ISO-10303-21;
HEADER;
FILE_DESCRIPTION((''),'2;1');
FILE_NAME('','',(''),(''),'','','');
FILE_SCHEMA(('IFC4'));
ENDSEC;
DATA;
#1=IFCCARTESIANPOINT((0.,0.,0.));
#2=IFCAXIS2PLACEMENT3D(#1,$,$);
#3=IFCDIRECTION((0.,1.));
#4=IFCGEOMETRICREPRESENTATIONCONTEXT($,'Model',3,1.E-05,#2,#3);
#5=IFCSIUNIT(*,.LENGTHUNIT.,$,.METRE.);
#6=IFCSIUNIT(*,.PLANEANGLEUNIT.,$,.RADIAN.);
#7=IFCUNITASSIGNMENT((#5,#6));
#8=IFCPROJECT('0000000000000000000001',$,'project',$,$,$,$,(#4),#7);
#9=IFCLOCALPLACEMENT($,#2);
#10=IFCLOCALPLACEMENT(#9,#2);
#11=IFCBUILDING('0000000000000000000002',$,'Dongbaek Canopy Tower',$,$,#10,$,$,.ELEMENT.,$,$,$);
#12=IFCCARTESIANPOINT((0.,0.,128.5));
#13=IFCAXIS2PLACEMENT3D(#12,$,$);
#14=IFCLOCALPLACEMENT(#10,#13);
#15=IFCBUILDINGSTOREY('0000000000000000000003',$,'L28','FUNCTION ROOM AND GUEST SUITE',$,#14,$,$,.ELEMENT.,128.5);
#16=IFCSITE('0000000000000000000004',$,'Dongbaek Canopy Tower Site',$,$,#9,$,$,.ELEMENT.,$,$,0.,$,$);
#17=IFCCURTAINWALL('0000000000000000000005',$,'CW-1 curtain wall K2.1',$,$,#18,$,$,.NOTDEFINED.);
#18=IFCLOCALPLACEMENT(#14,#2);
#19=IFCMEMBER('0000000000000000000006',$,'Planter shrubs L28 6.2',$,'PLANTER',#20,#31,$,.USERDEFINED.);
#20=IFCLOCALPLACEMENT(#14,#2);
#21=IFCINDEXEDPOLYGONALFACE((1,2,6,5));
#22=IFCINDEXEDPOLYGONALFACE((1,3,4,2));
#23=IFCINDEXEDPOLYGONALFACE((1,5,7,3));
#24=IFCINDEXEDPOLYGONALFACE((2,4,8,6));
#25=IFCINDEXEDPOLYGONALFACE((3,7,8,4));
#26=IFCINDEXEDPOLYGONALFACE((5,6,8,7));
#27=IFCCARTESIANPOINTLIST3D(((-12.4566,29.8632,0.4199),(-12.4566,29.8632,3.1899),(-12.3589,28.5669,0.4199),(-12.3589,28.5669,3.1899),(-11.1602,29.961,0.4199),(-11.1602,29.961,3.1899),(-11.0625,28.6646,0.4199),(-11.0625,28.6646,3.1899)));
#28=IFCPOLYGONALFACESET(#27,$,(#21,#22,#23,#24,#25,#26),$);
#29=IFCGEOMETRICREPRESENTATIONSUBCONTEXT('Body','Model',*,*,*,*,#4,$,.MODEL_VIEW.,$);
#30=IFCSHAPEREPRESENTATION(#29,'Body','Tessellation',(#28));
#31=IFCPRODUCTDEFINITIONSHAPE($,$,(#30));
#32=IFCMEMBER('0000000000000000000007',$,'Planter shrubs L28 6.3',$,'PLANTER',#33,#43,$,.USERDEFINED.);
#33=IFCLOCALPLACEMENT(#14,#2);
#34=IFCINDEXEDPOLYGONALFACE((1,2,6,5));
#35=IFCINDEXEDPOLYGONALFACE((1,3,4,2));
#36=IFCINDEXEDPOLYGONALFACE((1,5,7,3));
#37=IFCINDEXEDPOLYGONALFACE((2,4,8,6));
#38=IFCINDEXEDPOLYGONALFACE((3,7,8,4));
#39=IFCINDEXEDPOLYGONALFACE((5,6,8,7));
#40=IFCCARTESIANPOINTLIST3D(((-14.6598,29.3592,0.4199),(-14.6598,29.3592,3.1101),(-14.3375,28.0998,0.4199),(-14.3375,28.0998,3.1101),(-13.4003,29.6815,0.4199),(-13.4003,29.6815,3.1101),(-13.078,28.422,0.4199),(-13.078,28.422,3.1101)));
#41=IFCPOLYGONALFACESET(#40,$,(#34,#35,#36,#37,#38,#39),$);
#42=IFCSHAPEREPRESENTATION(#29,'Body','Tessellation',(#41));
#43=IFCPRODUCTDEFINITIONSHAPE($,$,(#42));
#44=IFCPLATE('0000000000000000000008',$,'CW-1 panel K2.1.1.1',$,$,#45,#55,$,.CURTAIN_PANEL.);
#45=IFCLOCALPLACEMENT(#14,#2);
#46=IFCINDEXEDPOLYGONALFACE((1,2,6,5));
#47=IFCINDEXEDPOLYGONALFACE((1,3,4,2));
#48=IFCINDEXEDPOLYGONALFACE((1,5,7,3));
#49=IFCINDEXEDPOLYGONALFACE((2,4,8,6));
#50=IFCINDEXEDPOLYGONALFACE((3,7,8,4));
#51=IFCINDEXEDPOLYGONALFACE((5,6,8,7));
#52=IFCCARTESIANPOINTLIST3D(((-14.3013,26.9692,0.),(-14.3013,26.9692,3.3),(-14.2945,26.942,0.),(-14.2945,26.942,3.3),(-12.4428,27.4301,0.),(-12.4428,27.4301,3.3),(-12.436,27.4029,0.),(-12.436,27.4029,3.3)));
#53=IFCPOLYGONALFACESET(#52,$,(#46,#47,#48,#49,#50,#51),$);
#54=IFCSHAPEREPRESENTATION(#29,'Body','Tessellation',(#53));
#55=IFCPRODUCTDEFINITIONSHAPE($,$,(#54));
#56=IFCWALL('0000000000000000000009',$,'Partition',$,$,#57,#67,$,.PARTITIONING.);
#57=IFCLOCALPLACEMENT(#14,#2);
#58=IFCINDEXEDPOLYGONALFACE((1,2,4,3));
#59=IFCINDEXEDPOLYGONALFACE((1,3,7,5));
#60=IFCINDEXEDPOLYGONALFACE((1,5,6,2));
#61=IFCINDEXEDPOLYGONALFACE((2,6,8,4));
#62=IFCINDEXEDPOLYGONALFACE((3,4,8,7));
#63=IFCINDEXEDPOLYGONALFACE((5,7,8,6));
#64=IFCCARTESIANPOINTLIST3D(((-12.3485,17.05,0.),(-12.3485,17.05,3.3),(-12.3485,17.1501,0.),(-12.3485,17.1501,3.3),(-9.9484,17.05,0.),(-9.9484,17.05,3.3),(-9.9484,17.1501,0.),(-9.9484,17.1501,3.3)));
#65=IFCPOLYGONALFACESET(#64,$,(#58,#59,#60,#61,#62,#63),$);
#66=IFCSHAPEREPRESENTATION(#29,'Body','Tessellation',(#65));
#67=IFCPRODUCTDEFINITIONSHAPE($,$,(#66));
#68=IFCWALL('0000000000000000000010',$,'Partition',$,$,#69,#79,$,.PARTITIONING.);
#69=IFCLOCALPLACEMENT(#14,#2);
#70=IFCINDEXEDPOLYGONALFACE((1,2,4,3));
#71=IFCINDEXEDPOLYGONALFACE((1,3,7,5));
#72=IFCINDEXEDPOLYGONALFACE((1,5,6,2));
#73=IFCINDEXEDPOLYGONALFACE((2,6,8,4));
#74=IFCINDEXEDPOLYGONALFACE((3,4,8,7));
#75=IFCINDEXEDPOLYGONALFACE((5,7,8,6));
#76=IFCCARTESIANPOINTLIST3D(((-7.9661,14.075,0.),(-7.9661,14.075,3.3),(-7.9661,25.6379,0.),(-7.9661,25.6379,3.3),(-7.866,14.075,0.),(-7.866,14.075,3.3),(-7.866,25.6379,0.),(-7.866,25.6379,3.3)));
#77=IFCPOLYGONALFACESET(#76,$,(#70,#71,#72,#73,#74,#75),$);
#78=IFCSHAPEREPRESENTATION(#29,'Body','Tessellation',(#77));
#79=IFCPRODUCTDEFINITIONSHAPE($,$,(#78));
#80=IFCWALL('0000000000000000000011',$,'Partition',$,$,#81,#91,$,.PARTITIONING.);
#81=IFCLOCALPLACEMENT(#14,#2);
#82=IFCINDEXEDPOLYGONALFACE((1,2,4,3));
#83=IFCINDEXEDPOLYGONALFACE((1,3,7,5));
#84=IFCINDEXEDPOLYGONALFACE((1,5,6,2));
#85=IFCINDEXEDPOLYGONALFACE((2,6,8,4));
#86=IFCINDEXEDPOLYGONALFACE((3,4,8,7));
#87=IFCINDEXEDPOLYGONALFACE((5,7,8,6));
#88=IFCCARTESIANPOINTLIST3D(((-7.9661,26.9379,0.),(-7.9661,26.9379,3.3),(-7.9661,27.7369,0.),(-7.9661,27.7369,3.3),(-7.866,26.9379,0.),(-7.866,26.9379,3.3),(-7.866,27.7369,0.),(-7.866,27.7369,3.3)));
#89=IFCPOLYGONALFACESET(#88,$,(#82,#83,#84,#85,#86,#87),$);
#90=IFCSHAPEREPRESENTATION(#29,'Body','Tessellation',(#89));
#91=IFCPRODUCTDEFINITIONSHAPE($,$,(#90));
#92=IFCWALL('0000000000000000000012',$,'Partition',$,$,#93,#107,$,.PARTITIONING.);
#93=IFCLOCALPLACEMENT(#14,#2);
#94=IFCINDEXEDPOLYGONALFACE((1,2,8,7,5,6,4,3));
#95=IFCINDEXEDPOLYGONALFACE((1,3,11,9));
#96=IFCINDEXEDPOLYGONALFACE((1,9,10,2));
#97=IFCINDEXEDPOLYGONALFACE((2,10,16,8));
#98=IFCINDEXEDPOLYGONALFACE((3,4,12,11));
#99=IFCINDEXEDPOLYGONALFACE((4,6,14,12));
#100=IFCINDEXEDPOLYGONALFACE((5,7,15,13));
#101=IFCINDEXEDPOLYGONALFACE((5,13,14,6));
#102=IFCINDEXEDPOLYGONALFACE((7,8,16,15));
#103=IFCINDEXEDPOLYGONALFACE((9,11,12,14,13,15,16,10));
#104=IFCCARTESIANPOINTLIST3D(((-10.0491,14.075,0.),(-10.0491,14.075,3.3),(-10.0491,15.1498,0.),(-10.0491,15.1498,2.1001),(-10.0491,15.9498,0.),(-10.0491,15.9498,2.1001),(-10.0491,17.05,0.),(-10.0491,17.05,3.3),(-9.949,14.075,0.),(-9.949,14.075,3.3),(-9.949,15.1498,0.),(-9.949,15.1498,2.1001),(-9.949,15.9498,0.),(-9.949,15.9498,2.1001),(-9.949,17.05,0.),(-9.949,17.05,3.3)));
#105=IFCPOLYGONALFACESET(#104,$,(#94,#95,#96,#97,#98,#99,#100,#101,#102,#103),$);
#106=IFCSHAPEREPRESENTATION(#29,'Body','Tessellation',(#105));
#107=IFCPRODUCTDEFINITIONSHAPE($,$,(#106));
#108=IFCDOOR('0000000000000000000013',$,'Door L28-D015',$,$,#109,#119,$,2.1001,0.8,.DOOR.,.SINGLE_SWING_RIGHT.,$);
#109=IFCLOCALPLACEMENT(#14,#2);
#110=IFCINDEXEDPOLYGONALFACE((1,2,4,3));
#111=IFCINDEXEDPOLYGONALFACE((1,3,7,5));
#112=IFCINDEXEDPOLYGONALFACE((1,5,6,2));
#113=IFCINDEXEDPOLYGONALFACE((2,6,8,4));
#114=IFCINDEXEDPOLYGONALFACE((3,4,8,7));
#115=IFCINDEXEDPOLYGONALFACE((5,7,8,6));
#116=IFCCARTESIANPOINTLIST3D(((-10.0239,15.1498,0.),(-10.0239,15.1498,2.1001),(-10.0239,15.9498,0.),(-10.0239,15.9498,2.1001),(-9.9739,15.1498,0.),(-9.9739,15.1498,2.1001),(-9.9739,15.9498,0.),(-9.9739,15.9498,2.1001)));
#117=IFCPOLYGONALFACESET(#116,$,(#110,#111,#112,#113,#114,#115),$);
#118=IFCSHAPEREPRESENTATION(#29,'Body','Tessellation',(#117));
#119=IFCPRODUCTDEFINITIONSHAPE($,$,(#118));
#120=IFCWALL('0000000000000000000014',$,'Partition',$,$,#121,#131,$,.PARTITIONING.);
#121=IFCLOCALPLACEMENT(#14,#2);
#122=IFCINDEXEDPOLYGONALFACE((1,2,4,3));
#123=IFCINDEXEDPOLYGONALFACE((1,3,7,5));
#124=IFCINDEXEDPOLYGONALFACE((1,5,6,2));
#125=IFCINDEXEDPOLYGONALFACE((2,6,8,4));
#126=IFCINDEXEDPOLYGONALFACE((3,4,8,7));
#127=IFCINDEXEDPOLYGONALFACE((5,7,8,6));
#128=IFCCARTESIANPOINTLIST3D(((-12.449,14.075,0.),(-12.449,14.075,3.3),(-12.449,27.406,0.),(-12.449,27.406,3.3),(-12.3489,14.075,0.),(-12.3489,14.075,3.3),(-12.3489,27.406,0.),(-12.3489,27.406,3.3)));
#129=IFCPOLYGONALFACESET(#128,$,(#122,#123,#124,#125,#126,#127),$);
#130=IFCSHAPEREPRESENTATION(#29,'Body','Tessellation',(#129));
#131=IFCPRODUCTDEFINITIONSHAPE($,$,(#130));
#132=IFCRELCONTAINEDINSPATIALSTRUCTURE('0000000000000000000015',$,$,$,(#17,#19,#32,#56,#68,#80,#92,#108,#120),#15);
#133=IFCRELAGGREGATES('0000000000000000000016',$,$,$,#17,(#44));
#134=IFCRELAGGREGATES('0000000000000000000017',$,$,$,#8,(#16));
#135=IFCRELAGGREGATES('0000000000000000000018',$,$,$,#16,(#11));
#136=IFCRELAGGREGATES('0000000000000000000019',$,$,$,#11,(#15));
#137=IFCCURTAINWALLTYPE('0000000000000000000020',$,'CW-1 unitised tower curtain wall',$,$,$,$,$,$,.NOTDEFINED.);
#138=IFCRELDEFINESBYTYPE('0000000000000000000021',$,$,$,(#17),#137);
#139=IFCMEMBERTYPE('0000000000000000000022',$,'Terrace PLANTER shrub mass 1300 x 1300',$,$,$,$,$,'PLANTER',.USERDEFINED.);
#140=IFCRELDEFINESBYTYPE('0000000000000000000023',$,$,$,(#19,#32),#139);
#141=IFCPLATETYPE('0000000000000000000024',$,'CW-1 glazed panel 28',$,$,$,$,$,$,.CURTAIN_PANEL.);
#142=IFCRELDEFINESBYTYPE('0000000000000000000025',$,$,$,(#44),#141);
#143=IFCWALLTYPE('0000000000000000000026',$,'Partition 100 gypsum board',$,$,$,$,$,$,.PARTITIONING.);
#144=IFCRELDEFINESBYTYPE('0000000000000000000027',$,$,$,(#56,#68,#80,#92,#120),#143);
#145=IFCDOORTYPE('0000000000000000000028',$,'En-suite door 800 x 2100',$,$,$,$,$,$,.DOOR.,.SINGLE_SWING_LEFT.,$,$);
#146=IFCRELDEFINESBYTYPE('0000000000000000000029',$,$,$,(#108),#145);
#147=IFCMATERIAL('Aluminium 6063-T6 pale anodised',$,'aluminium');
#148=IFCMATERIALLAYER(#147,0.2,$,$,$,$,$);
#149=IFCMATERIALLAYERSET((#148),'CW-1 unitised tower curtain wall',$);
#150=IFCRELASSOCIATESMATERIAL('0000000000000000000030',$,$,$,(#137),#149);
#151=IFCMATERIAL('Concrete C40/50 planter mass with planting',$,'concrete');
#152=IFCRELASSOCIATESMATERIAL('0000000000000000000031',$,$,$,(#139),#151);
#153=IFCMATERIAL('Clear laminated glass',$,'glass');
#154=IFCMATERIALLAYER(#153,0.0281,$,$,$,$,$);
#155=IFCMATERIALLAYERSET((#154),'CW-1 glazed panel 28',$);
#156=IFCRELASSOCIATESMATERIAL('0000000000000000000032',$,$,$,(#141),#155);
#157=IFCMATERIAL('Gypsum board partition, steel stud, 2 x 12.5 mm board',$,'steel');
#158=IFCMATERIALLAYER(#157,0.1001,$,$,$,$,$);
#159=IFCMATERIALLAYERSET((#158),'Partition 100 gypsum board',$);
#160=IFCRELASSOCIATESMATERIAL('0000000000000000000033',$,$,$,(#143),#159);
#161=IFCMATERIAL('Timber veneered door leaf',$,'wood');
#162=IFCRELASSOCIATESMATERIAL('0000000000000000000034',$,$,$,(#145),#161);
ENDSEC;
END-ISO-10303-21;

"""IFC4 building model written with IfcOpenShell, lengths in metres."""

from ifc_helpers import new_model, si_unit, direction, frame, frame_2d, origin, origin_2d, place, context, subcontext, project, spatial, rectangle, extrude, material, layer, layer_set, material_profile, profile_set, type_object, element, fill, aggregate, save


model = new_model("IFC4")

# Units and contexts
model_context = context("Model", 3, precision=1e-05, world=origin(), true_north=direction((0.0, 1.0)))
body_context = subcontext(model_context, "Body", "Model", "MODEL_VIEW")
ifc_project = project(units=[si_unit("LENGTHUNIT", "METRE"), si_unit("PLANEANGLEUNIT", "RADIAN")], contexts=[model_context])

# Site, building, storey
site_placement = place(None, origin())
site = spatial("IfcSite", under=ifc_project, at=site_placement, Name="Dongbaek Canopy Tower Site", CompositionType="ELEMENT", RefElevation=0.0)
building_placement = place(site_placement, origin())
building = spatial("IfcBuilding", under=site, at=building_placement, Name="Dongbaek Canopy Tower", CompositionType="ELEMENT")
storey_placement = place(building_placement, frame((0.0, 0.0, 128.5)))
storey = spatial("IfcBuildingStorey", under=building, at=storey_placement, Name="L28", Description="FUNCTION ROOM AND GUEST SUITE", CompositionType="ELEMENT", Elevation=128.5)

# Curtain wall
ifc_material_1 = material(Name="Aluminium 6063-T6 pale anodised", Category="aluminium")
ifc_layer_1 = layer(ifc_material_1, 0.2)
ifc_layer_set_1 = layer_set([ifc_layer_1], Name="CW-1 unitised tower curtain wall")
curtain_wall_type = type_object("IfcCurtainWallType", Name="CW-1 unitised tower curtain wall", PredefinedType="NOTDEFINED", material=ifc_layer_set_1)
curtain_wall_placement = place(storey_placement, origin())
curtain_wall = element("IfcCurtainWall", 1, at=curtain_wall_placement, inside=storey, type_object=curtain_wall_type, Name="CW-1 curtain wall K2.1", PredefinedType="NOTDEFINED")

# Members
ifc_material_2 = material(Name="Concrete C40/50 planter mass with planting", Category="concrete")
ifc_material_profile_1 = material_profile(ifc_material_2, rectangle(XDim=1.3, YDim=1.3, at=origin_2d()), Name="Terrace PLANTER shrub mass 1300 x 1300")
ifc_profile_set_1 = profile_set([ifc_material_profile_1], Name="Concrete C40/50 planter mass with planting")
member_type_1 = type_object("IfcMemberType", Name="Terrace PLANTER shrub mass 1300 x 1300", ElementType="PLANTER", PredefinedType="USERDEFINED", material=ifc_profile_set_1)
member_1_placement = place(storey_placement, frame((-11.7595, 29.2639, 0.4199), z_axis=(0.0, 0.0, 1.0), x_axis=(-0.075156, 0.997172, 0.0)))
element("IfcMember", 2, at=member_1_placement, inside=storey, type_object=member_type_1, Name="Planter shrubs L28 6.2", ObjectType="PLANTER", PredefinedType="USERDEFINED", context=body_context, shape_type="SweptSolid", body=[
    extrude(rectangle(XDim=1.3, YDim=1.3, at=origin_2d()), origin(), (0.0, 0.0, 1.0), 2.77),
])
member_2_placement = place(storey_placement, frame((-13.8689, 28.8906, 0.4199), z_axis=(0.0, 0.0, 1.0), x_axis=(-0.247887, 0.968789, 0.0)))
element("IfcMember", 3, at=member_2_placement, inside=storey, type_object=member_type_1, Name="Planter shrubs L28 6.3", ObjectType="PLANTER", PredefinedType="USERDEFINED", context=body_context, shape_type="SweptSolid", body=[
    extrude(rectangle(XDim=1.3, YDim=1.3, at=origin_2d()), origin(), (0.0, 0.0, 1.0), 2.6902),
])

# Plate
ifc_material_3 = material(Name="Clear laminated glass", Category="glass")
ifc_layer_2 = layer(ifc_material_3, 0.0281)
ifc_layer_set_2 = layer_set([ifc_layer_2], Name="CW-1 glazed panel 28")
plate_type = type_object("IfcPlateType", Name="CW-1 glazed panel 28", PredefinedType="CURTAIN_PANEL", material=ifc_layer_set_2)
plate_placement = place(storey_placement, frame((-13.3687, 27.186, 0.0), z_axis=(0.0, 0.0, 1.0), x_axis=(-0.970597, -0.240709, 0.0)))
plate = element("IfcPlate", 4, at=plate_placement, type_object=plate_type, Name="CW-1 panel K2.1.1.1", PredefinedType="CURTAIN_PANEL", context=body_context, shape_type="SweptSolid", body=[
    extrude(rectangle(XDim=1.9148, YDim=0.0281, at=origin_2d()), origin(), (0.0, 0.0, 1.0), 3.3),
])
aggregate(curtain_wall, [plate])

# Walls
ifc_material_4 = material(Name="Gypsum board partition, steel stud, 2 x 12.5 mm board", Category="steel")
ifc_layer_3 = layer(ifc_material_4, 0.1001)
ifc_layer_set_3 = layer_set([ifc_layer_3], Name="Partition 100 gypsum board")
wall_type_1 = type_object("IfcWallType", Name="Partition 100 gypsum board", PredefinedType="PARTITIONING", material=ifc_layer_set_3)
wall_1_placement = place(storey_placement, frame((-12.3486, 17.1001, 0.0), z_axis=(0.0, 0.0, 1.0), x_axis=(1.0, 0.0, 0.0)))
element("IfcWall", 5, at=wall_1_placement, inside=storey, type_object=wall_type_1, Name="Partition", PredefinedType="PARTITIONING", context=body_context, shape_type="SweptSolid", body=[
    extrude(rectangle(XDim=2.4001, YDim=0.1001, at=frame_2d((1.2002, 0.0))), origin(), (0.0, 0.0, 1.0), 3.3),
])
wall_2_placement = place(storey_placement, frame((-7.916, 14.075, 0.0), z_axis=(0.0, 0.0, 1.0), x_axis=(0.0, 1.0, 0.0)))
element("IfcWall", 6, at=wall_2_placement, inside=storey, type_object=wall_type_1, Name="Partition", PredefinedType="PARTITIONING", context=body_context, shape_type="SweptSolid", body=[
    extrude(rectangle(XDim=11.563, YDim=0.1001, at=frame_2d((5.7815, 0.0))), origin(), (0.0, 0.0, 1.0), 3.3),
])
wall_3_placement = place(storey_placement, frame((-7.916, 26.938, 0.0), z_axis=(0.0, 0.0, 1.0), x_axis=(0.0, 1.0, 0.0)))
element("IfcWall", 7, at=wall_3_placement, inside=storey, type_object=wall_type_1, Name="Partition", PredefinedType="PARTITIONING", context=body_context, shape_type="SweptSolid", body=[
    extrude(rectangle(XDim=0.7991, YDim=0.1001, at=frame_2d((0.3994, 0.0))), origin(), (0.0, 0.0, 1.0), 3.3),
])

# Wall, opening, door
wall_4_placement = place(storey_placement, frame((-9.999, 14.075, 0.0), z_axis=(0.0, 0.0, 1.0), x_axis=(0.0, 1.0, 0.0)))
wall_4 = element("IfcWall", 8, at=wall_4_placement, inside=storey, type_object=wall_type_1, Name="Partition", PredefinedType="PARTITIONING", context=body_context, shape_type="SweptSolid", body=[
    extrude(rectangle(XDim=2.9751, YDim=0.1001, at=frame_2d((1.4875, 0.0))), origin(), (0.0, 0.0, 1.0), 3.3),
])
opening_1_placement = place(wall_4_placement, frame((1.075, 0.0, 0.0)))
opening_1 = element("IfcOpeningElement", 9, at=opening_1_placement, cuts=wall_4, PredefinedType="OPENING", context=body_context, shape_type="SweptSolid", body=[
    extrude(rectangle(XDim=0.8, YDim=2.1001, at=frame_2d((0.3999, 1.05))), frame((0.0, 0.0601, 0.0), z_axis=(0.0, -1.0, 0.0), x_axis=(1.0, 0.0, 0.0)), (0.0, 0.0, 1.0), 0.1201),
])
ifc_material_5 = material(Name="Timber veneered door leaf", Category="wood")
door_type_1 = type_object("IfcDoorType", Name="En-suite door 800 x 2100", OperationType="SINGLE_SWING_LEFT", PredefinedType="DOOR", material=ifc_material_5)
door_1_placement = place(opening_1_placement, origin())
door_1 = element("IfcDoor", 10, at=door_1_placement, inside=storey, type_object=door_type_1, Name="Door L28-D015", OperationType="SINGLE_SWING_RIGHT", OverallHeight=2.1001, OverallWidth=0.8, PredefinedType="DOOR", context=body_context, shape_type="SweptSolid", body=[
    extrude(rectangle(XDim=0.8, YDim=2.1001, at=frame_2d((0.3999, 1.05))), frame((0.0, 0.0249, 0.0), z_axis=(0.0, -1.0, 0.0), x_axis=(1.0, 0.0, 0.0)), (0.0, 0.0, 1.0), 0.05),
])
fill(opening_1, door_1)

# Wall
wall_5_placement = place(storey_placement, frame((-12.3989, 14.075, 0.0), z_axis=(0.0, 0.0, 1.0), x_axis=(0.0, 1.0, 0.0)))
element("IfcWall", 11, at=wall_5_placement, inside=storey, type_object=wall_type_1, Name="Partition", PredefinedType="PARTITIONING", context=body_context, shape_type="SweptSolid", body=[
    extrude(rectangle(XDim=13.3311, YDim=0.1001, at=frame_2d((6.6655, 0.0))), origin(), (0.0, 0.0, 1.0), 3.3),
])

save(model, "model.ifc")
